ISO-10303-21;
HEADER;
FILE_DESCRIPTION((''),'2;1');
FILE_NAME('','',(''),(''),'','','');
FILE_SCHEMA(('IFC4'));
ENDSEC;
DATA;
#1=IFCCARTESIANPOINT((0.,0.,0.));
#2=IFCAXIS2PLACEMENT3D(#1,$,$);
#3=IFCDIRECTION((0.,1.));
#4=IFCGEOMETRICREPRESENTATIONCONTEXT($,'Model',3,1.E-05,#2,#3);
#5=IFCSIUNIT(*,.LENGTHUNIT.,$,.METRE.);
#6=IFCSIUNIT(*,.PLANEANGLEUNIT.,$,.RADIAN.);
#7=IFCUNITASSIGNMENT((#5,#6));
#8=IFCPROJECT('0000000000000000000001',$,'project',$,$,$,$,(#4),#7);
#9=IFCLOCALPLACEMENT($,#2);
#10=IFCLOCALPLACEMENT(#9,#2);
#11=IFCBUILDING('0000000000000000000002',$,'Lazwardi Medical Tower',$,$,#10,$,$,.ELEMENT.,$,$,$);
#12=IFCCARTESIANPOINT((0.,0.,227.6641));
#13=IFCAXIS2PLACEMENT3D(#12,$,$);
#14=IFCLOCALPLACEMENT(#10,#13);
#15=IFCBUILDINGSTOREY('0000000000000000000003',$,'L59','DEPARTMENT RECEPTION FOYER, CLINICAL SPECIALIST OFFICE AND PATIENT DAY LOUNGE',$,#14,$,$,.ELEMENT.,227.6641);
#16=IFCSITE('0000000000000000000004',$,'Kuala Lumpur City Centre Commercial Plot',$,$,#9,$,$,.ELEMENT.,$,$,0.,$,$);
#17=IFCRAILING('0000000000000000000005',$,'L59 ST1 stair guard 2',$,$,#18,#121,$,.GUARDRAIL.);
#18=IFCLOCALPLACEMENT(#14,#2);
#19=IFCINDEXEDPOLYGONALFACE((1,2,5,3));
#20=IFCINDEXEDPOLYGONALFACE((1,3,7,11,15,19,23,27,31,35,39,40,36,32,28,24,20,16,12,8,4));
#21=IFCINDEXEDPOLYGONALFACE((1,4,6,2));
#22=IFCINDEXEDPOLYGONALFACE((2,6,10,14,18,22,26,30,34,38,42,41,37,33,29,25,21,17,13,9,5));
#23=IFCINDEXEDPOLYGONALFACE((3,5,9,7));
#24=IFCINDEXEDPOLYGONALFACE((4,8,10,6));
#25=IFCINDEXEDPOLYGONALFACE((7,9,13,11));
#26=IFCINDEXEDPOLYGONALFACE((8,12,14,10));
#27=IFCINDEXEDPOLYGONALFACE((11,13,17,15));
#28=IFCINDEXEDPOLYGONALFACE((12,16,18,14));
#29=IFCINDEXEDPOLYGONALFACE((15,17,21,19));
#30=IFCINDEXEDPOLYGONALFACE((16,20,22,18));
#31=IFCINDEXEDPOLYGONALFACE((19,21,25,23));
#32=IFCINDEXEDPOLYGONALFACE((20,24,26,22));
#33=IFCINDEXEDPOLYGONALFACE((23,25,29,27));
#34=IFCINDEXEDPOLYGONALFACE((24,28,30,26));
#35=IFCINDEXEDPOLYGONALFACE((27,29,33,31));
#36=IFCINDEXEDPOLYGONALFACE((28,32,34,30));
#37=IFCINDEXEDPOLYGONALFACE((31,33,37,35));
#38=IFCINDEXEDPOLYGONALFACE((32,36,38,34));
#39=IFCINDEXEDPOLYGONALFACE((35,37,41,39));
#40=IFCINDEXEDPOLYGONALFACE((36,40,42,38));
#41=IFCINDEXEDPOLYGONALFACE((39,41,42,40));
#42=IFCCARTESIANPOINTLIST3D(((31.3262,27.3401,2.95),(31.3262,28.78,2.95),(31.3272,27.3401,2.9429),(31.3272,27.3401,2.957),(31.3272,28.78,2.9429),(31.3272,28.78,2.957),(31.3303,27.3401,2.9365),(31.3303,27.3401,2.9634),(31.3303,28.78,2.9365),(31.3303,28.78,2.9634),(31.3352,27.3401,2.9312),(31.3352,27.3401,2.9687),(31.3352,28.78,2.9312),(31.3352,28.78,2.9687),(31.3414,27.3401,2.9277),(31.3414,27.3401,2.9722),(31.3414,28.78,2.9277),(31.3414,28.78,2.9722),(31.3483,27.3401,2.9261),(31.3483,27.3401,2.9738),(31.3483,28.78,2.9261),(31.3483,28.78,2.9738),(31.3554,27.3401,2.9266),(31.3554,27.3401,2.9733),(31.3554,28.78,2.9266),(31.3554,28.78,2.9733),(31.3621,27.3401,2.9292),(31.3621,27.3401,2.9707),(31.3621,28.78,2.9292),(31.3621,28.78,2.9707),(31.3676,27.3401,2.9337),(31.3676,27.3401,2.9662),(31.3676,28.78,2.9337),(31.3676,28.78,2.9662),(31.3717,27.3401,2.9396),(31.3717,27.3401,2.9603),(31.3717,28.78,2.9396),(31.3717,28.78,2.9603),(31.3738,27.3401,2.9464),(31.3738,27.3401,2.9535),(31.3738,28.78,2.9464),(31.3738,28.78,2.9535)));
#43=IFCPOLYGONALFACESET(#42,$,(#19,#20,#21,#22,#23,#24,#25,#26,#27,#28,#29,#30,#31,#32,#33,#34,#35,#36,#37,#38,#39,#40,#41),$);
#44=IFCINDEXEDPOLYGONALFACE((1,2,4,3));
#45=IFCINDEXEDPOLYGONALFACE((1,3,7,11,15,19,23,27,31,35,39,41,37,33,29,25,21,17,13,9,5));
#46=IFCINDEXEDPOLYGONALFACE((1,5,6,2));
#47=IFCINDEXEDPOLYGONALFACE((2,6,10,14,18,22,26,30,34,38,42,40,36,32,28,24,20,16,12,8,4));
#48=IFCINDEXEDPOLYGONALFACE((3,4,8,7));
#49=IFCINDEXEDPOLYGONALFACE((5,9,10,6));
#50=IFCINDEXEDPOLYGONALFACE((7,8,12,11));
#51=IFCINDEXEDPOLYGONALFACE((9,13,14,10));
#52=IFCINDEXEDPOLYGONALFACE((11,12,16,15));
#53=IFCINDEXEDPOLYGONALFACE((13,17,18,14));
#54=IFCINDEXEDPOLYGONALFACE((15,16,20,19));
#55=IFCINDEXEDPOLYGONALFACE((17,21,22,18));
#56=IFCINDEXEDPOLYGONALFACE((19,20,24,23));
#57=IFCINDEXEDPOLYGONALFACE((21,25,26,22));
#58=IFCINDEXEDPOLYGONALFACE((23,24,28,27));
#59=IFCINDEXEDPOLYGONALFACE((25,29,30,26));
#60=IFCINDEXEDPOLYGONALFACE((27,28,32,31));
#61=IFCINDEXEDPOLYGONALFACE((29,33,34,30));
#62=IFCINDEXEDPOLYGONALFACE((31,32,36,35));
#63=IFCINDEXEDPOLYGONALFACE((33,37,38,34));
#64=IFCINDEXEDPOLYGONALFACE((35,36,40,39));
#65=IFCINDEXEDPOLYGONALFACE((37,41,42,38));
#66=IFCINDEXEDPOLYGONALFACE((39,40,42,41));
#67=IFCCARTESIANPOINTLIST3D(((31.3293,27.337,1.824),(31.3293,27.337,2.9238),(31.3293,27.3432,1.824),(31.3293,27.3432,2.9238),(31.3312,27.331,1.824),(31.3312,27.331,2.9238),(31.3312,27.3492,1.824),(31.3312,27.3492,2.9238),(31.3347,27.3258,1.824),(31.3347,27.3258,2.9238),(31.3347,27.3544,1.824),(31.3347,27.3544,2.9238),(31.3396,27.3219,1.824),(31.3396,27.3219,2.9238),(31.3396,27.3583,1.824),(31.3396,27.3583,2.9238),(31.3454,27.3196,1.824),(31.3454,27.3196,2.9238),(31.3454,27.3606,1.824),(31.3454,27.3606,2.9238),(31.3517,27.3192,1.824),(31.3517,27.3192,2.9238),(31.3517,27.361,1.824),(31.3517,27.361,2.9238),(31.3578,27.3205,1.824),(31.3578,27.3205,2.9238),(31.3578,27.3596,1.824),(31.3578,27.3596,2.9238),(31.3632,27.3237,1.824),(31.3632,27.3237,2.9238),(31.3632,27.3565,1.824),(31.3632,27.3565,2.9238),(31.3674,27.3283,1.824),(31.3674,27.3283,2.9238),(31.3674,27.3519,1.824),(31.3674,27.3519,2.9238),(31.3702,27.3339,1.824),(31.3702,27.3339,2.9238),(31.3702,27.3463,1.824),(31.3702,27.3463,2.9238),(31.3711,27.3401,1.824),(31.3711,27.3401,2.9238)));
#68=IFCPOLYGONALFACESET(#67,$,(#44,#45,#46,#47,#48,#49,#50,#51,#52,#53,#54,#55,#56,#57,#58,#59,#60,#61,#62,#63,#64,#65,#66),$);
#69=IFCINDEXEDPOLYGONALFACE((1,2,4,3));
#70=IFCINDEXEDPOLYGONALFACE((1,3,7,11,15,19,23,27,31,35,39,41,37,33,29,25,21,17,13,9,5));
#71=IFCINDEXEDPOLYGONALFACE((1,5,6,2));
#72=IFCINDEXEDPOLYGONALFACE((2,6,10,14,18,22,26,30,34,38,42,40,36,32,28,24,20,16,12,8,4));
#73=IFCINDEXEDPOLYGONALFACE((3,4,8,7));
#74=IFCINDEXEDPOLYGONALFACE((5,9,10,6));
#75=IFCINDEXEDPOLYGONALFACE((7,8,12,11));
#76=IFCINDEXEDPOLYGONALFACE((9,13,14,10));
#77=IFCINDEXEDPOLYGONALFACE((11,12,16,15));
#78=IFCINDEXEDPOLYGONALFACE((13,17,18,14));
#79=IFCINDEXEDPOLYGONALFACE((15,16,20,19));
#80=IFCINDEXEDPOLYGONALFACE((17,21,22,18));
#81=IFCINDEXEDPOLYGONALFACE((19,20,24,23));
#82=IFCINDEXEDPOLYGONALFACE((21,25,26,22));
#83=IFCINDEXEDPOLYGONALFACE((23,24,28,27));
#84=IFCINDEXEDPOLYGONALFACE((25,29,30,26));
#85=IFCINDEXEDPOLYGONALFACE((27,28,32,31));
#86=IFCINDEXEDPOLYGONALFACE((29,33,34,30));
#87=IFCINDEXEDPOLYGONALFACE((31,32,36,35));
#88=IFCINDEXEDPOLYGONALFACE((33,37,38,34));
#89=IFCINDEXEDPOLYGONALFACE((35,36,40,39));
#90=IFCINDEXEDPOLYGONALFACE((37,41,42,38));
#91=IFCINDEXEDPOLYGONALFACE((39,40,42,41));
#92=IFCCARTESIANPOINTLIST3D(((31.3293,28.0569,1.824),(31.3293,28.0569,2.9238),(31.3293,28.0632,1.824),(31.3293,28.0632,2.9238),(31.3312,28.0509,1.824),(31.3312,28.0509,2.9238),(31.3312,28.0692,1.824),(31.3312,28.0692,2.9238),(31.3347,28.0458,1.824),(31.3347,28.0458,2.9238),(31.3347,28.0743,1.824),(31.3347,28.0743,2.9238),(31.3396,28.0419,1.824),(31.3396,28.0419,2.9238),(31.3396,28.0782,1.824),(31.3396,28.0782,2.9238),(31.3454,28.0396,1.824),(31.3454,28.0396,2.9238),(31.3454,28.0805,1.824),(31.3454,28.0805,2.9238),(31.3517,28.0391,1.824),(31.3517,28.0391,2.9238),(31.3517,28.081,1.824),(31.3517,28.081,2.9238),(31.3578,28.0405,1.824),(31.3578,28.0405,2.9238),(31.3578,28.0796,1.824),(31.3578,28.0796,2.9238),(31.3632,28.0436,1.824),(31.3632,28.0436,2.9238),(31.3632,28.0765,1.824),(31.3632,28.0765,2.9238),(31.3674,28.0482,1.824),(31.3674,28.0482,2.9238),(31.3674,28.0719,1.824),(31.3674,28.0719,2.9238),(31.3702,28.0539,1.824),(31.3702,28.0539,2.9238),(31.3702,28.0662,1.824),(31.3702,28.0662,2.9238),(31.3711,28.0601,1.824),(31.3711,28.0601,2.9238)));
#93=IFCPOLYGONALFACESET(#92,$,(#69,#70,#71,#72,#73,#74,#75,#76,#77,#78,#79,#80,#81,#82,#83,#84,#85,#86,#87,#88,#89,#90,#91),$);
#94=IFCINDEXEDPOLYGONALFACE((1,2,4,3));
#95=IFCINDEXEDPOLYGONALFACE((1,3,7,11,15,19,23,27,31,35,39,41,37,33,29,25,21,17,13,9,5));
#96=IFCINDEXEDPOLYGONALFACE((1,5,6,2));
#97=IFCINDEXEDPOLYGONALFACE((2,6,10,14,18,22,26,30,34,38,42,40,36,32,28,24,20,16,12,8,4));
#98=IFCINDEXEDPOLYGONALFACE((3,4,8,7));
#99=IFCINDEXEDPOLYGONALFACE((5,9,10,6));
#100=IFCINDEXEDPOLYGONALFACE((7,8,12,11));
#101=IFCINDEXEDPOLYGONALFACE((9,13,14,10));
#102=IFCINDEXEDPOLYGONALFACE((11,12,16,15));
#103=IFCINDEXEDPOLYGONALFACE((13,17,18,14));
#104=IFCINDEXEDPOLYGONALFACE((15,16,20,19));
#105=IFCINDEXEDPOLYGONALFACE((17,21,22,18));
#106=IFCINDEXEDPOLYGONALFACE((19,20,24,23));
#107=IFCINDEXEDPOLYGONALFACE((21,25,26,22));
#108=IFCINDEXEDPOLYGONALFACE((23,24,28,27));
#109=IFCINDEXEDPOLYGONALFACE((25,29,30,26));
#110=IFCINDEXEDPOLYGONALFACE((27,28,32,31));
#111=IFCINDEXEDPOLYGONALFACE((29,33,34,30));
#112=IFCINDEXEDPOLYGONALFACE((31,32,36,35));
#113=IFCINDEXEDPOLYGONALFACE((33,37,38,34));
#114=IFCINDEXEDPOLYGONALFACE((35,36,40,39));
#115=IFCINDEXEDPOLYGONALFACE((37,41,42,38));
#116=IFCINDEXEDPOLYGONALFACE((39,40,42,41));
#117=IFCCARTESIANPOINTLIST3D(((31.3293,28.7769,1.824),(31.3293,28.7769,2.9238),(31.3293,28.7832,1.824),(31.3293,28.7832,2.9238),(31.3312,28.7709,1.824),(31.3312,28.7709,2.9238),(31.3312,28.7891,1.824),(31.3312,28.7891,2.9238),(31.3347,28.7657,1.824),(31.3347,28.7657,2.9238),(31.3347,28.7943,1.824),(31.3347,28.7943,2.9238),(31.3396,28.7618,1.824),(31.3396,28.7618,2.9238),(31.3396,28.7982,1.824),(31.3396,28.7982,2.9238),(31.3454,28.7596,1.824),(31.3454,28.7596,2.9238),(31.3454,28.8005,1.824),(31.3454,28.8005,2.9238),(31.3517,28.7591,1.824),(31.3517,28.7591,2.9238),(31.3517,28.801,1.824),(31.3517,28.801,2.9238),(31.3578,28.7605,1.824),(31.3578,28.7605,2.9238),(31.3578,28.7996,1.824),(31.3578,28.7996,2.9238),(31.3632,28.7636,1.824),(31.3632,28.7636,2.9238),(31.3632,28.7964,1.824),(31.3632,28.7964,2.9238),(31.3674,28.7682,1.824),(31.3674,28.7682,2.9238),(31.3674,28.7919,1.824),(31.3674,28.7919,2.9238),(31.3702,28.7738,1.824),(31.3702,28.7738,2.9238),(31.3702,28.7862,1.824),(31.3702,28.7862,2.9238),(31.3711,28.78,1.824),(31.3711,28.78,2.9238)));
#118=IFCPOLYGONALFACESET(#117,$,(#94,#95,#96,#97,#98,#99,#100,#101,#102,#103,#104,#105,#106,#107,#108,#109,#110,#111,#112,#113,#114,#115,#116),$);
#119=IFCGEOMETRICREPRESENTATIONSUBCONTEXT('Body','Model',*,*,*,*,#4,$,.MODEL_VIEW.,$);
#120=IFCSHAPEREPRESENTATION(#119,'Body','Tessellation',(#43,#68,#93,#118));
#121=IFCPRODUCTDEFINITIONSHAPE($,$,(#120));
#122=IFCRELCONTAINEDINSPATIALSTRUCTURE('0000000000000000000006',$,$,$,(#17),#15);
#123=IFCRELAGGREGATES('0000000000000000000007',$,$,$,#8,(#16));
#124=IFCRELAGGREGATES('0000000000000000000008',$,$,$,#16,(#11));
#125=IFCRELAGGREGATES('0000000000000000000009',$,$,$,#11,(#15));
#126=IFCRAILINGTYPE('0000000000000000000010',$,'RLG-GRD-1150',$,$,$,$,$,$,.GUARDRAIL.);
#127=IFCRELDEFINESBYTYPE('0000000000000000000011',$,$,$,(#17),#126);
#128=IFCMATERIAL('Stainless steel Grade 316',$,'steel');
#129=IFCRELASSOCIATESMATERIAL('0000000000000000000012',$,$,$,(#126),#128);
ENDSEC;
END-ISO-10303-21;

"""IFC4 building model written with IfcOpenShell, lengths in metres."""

from ifc_helpers import new_model, si_unit, direction, frame, origin, origin_2d, place, context, subcontext, project, spatial, circle, extrude, material, type_object, element, save


model = new_model("IFC4")

# Units and contexts
model_context = context("Model", 3, precision=1e-05, world=origin(), true_north=direction((0.0, 1.0)))
body_context = subcontext(model_context, "Body", "Model", "MODEL_VIEW")
ifc_project = project(units=[si_unit("LENGTHUNIT", "METRE"), si_unit("PLANEANGLEUNIT", "RADIAN")], contexts=[model_context])

# Site, building, storey
site_placement = place(None, origin())
site = spatial("IfcSite", under=ifc_project, at=site_placement, Name="Kuala Lumpur City Centre Commercial Plot", CompositionType="ELEMENT", RefElevation=0.0)
building_placement = place(site_placement, origin())
building = spatial("IfcBuilding", under=site, at=building_placement, Name="Lazwardi Medical Tower", CompositionType="ELEMENT")
storey_placement = place(building_placement, frame((0.0, 0.0, 227.6641)))
storey = spatial("IfcBuildingStorey", under=building, at=storey_placement, Name="L59", Description="DEPARTMENT RECEPTION FOYER, CLINICAL SPECIALIST OFFICE AND PATIENT DAY LOUNGE", CompositionType="ELEMENT", Elevation=227.6641)

# Railing
ifc_material_1 = material(Name="Stainless steel Grade 316", Category="steel")
railing_type_1 = type_object("IfcRailingType", Name="RLG-GRD-1150", PredefinedType="GUARDRAIL", material=ifc_material_1)
railing_1_placement = place(storey_placement, frame((31.3501, 27.3401, 1.824)))
element("IfcRailing", 1, at=railing_1_placement, inside=storey, type_object=railing_type_1, Name="L59 ST1 stair guard 2", PredefinedType="GUARDRAIL", context=body_context, shape_type="SweptSolid", body=[
    extrude(circle(Radius=0.0239, at=origin_2d()), frame((0.0, 0.0, 1.126), z_axis=(0.0, 1.0, 0.0), x_axis=(-1.0, 0.0, 0.0)), (0.0, 0.0, 1.0), 1.4399),
    extrude(circle(Radius=0.021, at=origin_2d()), origin(), (0.0, 0.0, 1.0), 1.0999),
    extrude(circle(Radius=0.021, at=origin_2d()), frame((0.0, 0.72, 0.0)), (0.0, 0.0, 1.0), 1.0999),
    extrude(circle(Radius=0.021, at=origin_2d()), frame((0.0, 1.4399, 0.0)), (0.0, 0.0, 1.0), 1.0999),
])

save(model, "model.ifc")
